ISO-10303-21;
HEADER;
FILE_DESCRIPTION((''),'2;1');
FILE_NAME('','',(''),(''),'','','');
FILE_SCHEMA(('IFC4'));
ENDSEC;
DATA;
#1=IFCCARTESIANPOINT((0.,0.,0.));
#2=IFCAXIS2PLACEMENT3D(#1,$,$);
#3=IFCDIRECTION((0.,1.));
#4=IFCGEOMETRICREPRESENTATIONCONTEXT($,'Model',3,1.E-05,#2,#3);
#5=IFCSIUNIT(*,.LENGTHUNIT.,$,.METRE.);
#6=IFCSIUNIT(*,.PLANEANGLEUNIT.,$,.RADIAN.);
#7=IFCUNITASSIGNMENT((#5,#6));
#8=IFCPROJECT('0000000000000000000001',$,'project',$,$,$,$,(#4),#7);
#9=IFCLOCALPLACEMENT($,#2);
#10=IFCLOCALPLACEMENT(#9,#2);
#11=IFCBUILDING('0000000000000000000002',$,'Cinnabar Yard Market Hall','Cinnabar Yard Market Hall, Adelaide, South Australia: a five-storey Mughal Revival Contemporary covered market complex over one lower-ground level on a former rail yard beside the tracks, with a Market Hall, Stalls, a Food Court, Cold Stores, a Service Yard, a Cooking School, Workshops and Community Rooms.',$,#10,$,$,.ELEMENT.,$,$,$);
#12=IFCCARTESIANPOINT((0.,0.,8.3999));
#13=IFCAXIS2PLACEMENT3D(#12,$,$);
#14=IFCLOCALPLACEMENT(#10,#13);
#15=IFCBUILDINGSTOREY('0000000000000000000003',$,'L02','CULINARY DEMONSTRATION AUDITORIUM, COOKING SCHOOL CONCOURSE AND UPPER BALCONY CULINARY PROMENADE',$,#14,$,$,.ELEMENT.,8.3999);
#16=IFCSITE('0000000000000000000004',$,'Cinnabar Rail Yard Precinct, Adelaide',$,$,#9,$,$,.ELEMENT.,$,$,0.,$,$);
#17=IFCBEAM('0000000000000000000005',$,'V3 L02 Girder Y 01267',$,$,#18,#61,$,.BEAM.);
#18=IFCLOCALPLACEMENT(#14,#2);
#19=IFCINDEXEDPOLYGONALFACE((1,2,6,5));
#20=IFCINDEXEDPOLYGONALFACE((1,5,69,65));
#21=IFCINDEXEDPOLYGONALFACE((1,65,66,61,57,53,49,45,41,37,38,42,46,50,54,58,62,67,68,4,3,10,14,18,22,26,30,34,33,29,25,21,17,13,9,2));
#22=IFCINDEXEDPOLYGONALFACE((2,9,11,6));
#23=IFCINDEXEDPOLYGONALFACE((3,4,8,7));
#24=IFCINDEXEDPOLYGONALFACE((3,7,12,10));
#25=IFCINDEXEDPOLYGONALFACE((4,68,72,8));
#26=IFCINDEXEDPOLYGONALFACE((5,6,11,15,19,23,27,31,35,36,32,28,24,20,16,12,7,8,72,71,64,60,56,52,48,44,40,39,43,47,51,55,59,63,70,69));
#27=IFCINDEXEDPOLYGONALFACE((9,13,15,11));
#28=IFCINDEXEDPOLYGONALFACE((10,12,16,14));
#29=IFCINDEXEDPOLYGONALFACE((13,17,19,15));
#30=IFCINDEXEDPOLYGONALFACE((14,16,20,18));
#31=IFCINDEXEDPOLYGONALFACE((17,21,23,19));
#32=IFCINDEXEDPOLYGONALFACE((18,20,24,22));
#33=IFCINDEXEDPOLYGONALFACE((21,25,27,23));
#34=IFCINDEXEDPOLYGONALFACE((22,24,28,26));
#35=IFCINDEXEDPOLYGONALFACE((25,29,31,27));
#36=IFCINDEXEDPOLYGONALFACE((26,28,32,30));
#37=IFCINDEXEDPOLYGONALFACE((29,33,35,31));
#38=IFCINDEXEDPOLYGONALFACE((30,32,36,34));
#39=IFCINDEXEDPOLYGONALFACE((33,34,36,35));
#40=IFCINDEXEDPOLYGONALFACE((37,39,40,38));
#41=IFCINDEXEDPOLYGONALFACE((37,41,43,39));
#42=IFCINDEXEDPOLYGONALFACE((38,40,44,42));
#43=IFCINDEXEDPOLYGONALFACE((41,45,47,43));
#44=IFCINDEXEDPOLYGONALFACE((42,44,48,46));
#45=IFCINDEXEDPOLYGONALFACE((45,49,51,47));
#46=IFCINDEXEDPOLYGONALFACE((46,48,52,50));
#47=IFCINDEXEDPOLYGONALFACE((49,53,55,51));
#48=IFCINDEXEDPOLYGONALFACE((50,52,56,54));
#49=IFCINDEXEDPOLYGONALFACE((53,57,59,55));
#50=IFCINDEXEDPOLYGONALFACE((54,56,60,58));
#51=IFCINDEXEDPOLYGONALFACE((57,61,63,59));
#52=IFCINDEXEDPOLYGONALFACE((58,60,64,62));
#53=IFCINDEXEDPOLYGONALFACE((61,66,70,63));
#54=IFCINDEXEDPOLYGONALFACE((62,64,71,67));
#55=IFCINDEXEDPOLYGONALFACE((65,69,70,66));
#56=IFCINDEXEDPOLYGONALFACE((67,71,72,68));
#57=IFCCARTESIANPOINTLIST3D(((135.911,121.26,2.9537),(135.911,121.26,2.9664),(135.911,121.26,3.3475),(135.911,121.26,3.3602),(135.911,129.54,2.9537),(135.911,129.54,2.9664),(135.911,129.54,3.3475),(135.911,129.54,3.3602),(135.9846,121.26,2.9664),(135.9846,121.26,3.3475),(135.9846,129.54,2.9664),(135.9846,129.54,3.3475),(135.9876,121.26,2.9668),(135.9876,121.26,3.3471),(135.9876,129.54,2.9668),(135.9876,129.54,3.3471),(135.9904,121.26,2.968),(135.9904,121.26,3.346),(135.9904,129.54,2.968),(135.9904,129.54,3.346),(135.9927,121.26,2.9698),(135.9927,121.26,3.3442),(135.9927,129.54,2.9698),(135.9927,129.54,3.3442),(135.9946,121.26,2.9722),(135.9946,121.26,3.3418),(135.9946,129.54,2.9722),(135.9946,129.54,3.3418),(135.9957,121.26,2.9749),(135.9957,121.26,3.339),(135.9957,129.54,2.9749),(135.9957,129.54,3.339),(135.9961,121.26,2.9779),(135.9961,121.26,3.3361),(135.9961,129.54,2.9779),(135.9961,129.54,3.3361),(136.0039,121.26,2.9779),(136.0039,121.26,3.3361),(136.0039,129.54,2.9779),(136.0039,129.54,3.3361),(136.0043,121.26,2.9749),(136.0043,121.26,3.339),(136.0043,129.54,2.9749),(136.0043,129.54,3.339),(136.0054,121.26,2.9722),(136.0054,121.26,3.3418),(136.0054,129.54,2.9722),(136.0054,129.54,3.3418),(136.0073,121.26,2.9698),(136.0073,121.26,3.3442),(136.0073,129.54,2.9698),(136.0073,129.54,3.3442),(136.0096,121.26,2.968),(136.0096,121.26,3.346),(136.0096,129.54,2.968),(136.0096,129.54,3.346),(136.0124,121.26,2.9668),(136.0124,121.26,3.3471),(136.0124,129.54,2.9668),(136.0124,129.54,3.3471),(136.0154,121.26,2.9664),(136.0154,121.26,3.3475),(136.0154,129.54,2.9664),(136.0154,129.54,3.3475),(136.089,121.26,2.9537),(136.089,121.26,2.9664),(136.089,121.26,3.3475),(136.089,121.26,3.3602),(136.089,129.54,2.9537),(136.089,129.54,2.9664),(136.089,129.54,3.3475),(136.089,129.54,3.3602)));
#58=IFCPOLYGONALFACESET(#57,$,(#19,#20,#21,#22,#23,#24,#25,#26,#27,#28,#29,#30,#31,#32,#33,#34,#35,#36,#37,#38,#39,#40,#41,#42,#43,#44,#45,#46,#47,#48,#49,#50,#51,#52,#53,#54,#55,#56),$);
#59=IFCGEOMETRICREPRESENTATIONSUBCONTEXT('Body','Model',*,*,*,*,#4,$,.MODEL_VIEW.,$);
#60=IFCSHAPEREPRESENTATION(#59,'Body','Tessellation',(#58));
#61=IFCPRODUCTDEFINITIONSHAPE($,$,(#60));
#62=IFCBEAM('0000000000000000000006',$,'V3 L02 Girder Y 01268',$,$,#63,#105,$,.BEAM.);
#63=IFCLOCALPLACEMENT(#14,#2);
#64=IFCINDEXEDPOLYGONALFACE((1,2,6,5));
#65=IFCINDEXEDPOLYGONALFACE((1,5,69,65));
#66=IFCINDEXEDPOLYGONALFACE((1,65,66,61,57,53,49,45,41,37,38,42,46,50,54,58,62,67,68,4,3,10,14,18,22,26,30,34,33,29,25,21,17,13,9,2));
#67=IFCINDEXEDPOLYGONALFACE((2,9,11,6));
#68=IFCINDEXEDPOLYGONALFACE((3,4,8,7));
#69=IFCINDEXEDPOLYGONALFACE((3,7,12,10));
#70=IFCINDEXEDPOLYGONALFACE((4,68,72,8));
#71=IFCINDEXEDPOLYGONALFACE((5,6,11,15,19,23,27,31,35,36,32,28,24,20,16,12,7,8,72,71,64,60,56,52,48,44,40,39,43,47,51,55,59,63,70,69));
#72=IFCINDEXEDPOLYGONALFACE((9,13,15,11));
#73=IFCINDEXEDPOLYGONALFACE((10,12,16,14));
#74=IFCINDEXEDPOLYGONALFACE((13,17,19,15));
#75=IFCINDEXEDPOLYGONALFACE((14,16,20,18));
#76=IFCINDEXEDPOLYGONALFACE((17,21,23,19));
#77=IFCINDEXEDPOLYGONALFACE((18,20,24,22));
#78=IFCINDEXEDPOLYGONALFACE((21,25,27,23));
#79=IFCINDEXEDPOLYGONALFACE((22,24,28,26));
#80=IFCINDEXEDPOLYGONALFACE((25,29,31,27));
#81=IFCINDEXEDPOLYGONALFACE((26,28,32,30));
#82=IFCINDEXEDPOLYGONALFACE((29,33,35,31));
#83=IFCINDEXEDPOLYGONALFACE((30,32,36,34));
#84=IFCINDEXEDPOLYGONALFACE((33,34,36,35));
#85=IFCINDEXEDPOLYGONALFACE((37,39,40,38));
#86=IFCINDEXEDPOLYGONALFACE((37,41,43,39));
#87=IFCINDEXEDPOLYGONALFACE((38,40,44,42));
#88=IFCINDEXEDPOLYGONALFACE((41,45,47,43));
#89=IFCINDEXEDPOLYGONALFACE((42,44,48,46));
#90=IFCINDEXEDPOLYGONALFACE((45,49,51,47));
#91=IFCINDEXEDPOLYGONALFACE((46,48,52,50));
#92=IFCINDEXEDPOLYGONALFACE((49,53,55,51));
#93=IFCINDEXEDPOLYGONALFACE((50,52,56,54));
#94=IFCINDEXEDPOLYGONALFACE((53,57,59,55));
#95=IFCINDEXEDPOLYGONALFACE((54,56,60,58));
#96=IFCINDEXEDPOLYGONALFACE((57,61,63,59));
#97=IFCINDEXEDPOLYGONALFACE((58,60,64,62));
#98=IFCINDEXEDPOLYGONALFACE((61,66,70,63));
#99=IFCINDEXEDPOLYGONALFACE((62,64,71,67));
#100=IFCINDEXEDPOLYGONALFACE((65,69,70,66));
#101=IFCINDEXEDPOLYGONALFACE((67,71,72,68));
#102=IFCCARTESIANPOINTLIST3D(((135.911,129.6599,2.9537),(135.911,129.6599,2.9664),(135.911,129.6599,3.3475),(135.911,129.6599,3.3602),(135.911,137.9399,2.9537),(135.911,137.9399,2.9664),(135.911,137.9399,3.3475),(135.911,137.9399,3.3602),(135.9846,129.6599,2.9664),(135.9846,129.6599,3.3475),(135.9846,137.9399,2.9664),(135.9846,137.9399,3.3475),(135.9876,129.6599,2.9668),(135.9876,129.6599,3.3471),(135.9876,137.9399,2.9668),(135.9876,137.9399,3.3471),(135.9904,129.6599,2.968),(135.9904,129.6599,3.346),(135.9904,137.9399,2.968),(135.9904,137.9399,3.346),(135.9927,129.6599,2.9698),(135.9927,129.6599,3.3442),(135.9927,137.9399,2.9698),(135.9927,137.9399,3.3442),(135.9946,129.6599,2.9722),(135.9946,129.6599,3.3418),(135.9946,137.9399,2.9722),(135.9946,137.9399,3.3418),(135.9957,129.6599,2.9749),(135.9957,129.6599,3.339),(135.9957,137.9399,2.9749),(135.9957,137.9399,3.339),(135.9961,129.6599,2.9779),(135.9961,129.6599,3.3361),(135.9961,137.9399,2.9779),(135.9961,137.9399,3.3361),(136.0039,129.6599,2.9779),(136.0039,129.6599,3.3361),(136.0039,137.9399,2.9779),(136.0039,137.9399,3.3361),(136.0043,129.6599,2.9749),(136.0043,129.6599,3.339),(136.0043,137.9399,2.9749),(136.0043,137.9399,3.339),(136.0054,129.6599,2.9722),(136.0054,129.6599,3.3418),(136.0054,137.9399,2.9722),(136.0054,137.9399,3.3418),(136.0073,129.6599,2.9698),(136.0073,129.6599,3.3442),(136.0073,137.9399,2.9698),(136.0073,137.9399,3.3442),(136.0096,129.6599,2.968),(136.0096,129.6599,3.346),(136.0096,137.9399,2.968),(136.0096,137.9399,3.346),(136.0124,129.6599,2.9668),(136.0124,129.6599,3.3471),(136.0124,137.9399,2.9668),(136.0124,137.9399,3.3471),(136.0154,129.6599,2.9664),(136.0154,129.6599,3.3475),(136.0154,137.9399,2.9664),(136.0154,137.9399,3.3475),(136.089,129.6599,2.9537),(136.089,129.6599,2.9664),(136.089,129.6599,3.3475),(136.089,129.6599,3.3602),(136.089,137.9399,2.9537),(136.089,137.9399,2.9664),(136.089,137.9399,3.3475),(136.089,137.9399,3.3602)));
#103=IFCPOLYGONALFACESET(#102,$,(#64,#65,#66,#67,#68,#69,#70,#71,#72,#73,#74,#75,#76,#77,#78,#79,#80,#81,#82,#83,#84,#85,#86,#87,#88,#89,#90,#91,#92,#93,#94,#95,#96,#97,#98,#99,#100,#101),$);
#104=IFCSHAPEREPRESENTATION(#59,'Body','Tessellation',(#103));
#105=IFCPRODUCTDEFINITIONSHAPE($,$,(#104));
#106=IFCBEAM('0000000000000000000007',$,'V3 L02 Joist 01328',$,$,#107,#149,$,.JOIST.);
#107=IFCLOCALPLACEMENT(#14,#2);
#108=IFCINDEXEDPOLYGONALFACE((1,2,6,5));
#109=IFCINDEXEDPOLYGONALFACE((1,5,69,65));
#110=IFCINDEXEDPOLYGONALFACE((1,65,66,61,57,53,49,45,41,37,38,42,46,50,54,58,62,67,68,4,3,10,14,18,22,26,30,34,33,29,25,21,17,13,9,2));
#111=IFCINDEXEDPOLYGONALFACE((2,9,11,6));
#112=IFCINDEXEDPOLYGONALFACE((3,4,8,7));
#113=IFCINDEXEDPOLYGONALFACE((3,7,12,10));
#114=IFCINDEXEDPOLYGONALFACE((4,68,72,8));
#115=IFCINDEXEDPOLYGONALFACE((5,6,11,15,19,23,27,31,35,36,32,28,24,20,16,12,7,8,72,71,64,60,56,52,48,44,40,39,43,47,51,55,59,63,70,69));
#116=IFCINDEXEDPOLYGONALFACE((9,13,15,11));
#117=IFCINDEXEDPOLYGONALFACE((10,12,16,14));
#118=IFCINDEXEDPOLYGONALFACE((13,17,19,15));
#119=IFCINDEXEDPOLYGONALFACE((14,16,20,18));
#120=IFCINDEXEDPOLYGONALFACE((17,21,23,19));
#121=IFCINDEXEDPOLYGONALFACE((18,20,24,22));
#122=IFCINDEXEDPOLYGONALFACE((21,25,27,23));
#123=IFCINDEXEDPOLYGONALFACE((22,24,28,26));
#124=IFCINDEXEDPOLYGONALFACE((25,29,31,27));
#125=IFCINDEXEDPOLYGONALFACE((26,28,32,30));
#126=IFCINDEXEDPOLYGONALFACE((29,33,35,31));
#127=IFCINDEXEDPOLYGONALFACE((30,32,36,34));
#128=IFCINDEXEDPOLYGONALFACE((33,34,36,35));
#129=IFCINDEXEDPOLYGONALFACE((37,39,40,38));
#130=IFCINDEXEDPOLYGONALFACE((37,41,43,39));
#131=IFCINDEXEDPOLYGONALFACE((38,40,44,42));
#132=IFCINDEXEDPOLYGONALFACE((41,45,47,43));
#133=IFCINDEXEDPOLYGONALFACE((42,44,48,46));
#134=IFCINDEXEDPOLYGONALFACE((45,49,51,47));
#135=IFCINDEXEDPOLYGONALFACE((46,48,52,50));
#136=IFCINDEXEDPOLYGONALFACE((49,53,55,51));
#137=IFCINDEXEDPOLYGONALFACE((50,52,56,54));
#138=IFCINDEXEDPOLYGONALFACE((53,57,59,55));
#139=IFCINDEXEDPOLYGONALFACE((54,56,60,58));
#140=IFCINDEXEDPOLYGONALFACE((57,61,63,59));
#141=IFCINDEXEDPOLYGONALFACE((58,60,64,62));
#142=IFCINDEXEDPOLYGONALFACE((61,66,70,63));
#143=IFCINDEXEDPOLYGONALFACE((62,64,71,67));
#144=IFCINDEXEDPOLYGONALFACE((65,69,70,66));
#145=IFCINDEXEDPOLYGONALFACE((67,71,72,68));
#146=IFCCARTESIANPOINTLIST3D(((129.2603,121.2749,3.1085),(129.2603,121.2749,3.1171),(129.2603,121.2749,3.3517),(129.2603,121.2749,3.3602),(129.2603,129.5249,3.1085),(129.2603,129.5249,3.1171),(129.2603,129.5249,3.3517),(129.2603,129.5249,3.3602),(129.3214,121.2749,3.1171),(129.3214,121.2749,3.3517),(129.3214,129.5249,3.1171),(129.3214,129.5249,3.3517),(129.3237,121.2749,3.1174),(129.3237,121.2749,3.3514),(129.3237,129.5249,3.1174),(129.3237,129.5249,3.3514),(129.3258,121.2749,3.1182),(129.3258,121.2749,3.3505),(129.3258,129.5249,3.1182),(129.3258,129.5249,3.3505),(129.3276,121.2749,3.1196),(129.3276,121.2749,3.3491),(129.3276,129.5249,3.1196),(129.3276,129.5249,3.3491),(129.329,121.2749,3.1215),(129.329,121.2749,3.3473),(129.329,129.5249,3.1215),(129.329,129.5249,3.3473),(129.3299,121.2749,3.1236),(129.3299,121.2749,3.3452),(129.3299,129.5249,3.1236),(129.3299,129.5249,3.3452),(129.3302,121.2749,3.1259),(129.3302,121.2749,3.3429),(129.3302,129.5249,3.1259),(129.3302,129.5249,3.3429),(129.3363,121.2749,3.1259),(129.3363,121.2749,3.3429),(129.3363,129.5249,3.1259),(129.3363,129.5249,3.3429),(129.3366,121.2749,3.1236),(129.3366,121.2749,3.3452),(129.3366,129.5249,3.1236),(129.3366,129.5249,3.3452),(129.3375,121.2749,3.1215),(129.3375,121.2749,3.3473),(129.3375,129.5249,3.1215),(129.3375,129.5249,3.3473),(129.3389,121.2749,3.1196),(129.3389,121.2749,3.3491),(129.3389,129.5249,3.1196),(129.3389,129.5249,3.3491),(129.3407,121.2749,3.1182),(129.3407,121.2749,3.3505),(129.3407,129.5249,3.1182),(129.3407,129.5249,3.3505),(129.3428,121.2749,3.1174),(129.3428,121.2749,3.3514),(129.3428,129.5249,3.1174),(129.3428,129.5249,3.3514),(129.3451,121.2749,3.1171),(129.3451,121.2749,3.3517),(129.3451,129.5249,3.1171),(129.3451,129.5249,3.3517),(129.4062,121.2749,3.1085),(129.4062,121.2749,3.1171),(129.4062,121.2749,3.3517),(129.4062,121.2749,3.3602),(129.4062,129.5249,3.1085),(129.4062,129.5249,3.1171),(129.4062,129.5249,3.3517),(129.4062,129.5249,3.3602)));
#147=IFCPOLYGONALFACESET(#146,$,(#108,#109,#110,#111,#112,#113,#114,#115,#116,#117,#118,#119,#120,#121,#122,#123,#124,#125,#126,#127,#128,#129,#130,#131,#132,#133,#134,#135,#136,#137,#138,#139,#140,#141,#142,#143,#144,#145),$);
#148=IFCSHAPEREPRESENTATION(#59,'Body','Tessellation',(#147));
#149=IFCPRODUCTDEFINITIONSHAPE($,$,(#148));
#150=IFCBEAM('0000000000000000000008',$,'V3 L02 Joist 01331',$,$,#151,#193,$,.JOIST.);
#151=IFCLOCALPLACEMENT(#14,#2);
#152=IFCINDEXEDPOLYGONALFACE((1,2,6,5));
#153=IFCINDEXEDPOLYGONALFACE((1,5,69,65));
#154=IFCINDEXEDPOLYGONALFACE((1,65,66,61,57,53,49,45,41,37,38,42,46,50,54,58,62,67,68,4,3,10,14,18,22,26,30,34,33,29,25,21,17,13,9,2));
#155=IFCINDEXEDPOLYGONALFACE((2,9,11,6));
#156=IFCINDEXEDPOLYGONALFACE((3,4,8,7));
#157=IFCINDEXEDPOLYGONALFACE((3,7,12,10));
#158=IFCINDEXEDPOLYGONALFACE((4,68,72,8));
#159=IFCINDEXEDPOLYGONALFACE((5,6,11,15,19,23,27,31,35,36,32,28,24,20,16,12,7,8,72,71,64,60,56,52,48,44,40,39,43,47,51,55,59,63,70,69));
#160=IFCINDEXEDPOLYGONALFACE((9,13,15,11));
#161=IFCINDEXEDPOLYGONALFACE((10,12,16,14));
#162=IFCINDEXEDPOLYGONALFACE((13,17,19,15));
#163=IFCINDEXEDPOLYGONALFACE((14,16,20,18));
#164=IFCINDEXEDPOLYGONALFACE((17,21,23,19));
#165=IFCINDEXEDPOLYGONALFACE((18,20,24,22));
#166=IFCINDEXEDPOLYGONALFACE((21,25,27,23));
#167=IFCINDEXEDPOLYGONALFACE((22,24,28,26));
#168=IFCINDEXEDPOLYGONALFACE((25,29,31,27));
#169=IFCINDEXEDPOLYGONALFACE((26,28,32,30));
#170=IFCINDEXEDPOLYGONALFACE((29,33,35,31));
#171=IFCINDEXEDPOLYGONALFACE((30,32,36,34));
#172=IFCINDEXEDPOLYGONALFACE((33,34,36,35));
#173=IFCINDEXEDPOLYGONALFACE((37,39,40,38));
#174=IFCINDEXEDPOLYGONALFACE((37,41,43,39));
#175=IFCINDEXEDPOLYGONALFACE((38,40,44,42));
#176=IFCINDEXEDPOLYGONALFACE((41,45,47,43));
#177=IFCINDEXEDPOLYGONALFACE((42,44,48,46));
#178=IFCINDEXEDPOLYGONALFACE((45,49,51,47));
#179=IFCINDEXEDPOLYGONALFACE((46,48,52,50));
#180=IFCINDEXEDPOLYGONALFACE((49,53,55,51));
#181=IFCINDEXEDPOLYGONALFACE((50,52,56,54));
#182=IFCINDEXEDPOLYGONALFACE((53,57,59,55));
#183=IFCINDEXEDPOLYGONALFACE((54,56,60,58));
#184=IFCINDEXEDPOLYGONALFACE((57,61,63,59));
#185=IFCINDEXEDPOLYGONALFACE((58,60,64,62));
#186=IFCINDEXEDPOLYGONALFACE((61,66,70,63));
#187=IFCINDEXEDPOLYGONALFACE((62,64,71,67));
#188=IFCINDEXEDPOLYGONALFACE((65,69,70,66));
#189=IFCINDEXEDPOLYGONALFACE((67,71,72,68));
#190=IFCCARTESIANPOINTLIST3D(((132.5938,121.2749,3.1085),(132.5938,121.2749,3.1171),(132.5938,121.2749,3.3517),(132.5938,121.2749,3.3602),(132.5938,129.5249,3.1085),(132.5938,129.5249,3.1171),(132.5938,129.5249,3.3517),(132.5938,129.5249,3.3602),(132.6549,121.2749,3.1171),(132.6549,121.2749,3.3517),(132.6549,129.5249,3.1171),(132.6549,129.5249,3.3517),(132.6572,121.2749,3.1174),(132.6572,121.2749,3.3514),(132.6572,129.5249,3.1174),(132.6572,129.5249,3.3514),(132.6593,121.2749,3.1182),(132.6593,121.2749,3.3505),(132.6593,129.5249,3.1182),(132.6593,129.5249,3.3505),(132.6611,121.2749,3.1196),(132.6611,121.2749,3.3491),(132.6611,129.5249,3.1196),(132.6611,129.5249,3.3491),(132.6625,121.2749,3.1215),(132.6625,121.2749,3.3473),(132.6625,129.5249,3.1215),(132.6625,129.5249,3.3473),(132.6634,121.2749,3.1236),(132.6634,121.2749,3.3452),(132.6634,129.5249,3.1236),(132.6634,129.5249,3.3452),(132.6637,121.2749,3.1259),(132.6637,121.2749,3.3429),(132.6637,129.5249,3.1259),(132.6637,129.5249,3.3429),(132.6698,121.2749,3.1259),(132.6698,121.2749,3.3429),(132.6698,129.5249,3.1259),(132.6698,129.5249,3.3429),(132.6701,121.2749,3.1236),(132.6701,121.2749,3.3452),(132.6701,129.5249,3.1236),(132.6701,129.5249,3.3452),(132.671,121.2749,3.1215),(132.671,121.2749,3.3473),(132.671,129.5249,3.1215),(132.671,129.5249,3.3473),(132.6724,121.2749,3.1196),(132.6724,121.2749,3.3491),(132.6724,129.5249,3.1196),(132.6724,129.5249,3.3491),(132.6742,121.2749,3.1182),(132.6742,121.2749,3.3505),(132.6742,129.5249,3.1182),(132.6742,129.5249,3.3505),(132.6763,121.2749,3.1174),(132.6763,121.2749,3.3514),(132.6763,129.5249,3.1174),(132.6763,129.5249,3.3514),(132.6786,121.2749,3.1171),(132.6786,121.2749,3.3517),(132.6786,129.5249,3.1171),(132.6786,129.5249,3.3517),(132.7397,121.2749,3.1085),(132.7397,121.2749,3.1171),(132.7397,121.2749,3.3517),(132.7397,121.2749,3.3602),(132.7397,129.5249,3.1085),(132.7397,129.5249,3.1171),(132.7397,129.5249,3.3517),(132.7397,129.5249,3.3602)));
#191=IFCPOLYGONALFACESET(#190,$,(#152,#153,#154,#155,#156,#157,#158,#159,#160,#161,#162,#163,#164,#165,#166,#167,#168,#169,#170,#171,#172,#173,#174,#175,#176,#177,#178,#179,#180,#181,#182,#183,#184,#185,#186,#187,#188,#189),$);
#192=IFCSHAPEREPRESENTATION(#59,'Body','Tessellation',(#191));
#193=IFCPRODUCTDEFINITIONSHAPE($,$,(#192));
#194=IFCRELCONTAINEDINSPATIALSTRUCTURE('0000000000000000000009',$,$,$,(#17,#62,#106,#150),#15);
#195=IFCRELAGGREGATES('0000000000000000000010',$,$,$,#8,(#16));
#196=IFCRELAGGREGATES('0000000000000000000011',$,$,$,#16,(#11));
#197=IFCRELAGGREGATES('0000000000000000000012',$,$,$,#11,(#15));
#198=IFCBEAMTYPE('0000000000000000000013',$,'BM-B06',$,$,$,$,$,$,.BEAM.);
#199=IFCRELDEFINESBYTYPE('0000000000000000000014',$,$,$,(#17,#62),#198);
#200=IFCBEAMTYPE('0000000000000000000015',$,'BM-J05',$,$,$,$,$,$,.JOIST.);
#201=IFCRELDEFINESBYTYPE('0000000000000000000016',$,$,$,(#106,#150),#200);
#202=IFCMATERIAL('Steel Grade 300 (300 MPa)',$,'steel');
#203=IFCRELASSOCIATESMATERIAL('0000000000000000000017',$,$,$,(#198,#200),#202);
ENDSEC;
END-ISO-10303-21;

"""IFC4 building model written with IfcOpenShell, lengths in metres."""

from ifc_helpers import new_model, si_unit, direction, frame, origin, origin_2d_with_axis, place, context, subcontext, project, spatial, i_section, extrude, material, material_profile, profile_set, type_object, element, save


model = new_model("IFC4")

# Units and contexts
model_context = context("Model", 3, precision=1e-05, world=origin(), true_north=direction((0.0, 1.0)))
body_context = subcontext(model_context, "Body", "Model", "MODEL_VIEW")
ifc_project = project(units=[si_unit("LENGTHUNIT", "METRE"), si_unit("PLANEANGLEUNIT", "RADIAN")], contexts=[model_context])

# Site, building, storey
site_placement = place(None, origin())
site = spatial("IfcSite", under=ifc_project, at=site_placement, Name="Cinnabar Rail Yard Precinct, Adelaide", CompositionType="ELEMENT", RefElevation=0.0)
building_placement = place(site_placement, origin())
building = spatial("IfcBuilding", under=site, at=building_placement, Name="Cinnabar Yard Market Hall", Description="Cinnabar Yard Market Hall, Adelaide, South Australia: a five-storey Mughal Revival Contemporary covered market complex over one lower-ground level on a former rail yard beside the tracks, with a Market Hall, Stalls, a Food Court, Cold Stores, a Service Yard, a Cooking School, Workshops and Community Rooms.", CompositionType="ELEMENT")
storey_placement = place(building_placement, frame((0.0, 0.0, 8.3999)))
storey = spatial("IfcBuildingStorey", under=building, at=storey_placement, Name="L02", Description="CULINARY DEMONSTRATION AUDITORIUM, COOKING SCHOOL CONCOURSE AND UPPER BALCONY CULINARY PROMENADE", CompositionType="ELEMENT", Elevation=8.3999)

# Shared definitions
ifc_material_1 = material(Name="Steel Grade 300 (300 MPa)", Category="steel")

# Beams
ifc_material_profile_1 = material_profile(ifc_material_1, i_section(OverallWidth=0.178, OverallDepth=0.4065, WebThickness=0.0078, FlangeThickness=0.0127, FilletRadius=0.0115, at=origin_2d_with_axis()), Name="410UB59.7")
ifc_profile_set_1 = profile_set([ifc_material_profile_1], Name="Steel Grade 300 (300 MPa)")
beam_type_1 = type_object("IfcBeamType", Name="BM-B06", PredefinedType="BEAM", material=ifc_profile_set_1)
for number, where, z_axis, x_axis, name in (
    (1, (136.0, 121.26, 3.157), (0.0, 1.0, 0.0), (-1.0, 0.0, 0.0), "V3 L02 Girder Y 01267"),
    (2, (136.0, 129.6599, 3.157), (0.0, 1.0, 0.0), (-1.0, 0.0, 0.0), "V3 L02 Girder Y 01268"),
):
    element("IfcBeam", number, at=place(storey_placement, frame(where, z_axis=z_axis, x_axis=x_axis)), inside=storey, type_object=beam_type_1, Name=name, PredefinedType="BEAM", context=body_context, shape_type="SweptSolid", body=[
        extrude(i_section(OverallWidth=0.178, OverallDepth=0.4065, WebThickness=0.0078, FlangeThickness=0.0127, FilletRadius=0.0115, at=origin_2d_with_axis()), origin(), (0.0, 0.0, 1.0), 8.28),
    ])
ifc_material_profile_2 = material_profile(ifc_material_1, i_section(OverallWidth=0.146, OverallDepth=0.2517, WebThickness=0.0061, FlangeThickness=0.0085, FilletRadius=0.0088, at=origin_2d_with_axis()), Name="250UB31.4")
ifc_profile_set_2 = profile_set([ifc_material_profile_2], Name="Steel Grade 300 (300 MPa)")
beam_type_2 = type_object("IfcBeamType", Name="BM-J05", PredefinedType="JOIST", material=ifc_profile_set_2)
for number, where, z_axis, x_axis, name in (
    (3, (129.3333, 121.2749, 3.2344), (0.0, 1.0, 0.0), (-1.0, 0.0, 0.0), "V3 L02 Joist 01328"),
    (4, (132.6667, 121.2749, 3.2344), (0.0, 1.0, 0.0), (-1.0, 0.0, 0.0), "V3 L02 Joist 01331"),
):
    element("IfcBeam", number, at=place(storey_placement, frame(where, z_axis=z_axis, x_axis=x_axis)), inside=storey, type_object=beam_type_2, Name=name, PredefinedType="JOIST", context=body_context, shape_type="SweptSolid", body=[
        extrude(i_section(OverallWidth=0.146, OverallDepth=0.2517, WebThickness=0.0061, FlangeThickness=0.0085, FilletRadius=0.0088, at=origin_2d_with_axis()), origin(), (0.0, 0.0, 1.0), 8.25),
    ])

save(model, "model.ifc")
